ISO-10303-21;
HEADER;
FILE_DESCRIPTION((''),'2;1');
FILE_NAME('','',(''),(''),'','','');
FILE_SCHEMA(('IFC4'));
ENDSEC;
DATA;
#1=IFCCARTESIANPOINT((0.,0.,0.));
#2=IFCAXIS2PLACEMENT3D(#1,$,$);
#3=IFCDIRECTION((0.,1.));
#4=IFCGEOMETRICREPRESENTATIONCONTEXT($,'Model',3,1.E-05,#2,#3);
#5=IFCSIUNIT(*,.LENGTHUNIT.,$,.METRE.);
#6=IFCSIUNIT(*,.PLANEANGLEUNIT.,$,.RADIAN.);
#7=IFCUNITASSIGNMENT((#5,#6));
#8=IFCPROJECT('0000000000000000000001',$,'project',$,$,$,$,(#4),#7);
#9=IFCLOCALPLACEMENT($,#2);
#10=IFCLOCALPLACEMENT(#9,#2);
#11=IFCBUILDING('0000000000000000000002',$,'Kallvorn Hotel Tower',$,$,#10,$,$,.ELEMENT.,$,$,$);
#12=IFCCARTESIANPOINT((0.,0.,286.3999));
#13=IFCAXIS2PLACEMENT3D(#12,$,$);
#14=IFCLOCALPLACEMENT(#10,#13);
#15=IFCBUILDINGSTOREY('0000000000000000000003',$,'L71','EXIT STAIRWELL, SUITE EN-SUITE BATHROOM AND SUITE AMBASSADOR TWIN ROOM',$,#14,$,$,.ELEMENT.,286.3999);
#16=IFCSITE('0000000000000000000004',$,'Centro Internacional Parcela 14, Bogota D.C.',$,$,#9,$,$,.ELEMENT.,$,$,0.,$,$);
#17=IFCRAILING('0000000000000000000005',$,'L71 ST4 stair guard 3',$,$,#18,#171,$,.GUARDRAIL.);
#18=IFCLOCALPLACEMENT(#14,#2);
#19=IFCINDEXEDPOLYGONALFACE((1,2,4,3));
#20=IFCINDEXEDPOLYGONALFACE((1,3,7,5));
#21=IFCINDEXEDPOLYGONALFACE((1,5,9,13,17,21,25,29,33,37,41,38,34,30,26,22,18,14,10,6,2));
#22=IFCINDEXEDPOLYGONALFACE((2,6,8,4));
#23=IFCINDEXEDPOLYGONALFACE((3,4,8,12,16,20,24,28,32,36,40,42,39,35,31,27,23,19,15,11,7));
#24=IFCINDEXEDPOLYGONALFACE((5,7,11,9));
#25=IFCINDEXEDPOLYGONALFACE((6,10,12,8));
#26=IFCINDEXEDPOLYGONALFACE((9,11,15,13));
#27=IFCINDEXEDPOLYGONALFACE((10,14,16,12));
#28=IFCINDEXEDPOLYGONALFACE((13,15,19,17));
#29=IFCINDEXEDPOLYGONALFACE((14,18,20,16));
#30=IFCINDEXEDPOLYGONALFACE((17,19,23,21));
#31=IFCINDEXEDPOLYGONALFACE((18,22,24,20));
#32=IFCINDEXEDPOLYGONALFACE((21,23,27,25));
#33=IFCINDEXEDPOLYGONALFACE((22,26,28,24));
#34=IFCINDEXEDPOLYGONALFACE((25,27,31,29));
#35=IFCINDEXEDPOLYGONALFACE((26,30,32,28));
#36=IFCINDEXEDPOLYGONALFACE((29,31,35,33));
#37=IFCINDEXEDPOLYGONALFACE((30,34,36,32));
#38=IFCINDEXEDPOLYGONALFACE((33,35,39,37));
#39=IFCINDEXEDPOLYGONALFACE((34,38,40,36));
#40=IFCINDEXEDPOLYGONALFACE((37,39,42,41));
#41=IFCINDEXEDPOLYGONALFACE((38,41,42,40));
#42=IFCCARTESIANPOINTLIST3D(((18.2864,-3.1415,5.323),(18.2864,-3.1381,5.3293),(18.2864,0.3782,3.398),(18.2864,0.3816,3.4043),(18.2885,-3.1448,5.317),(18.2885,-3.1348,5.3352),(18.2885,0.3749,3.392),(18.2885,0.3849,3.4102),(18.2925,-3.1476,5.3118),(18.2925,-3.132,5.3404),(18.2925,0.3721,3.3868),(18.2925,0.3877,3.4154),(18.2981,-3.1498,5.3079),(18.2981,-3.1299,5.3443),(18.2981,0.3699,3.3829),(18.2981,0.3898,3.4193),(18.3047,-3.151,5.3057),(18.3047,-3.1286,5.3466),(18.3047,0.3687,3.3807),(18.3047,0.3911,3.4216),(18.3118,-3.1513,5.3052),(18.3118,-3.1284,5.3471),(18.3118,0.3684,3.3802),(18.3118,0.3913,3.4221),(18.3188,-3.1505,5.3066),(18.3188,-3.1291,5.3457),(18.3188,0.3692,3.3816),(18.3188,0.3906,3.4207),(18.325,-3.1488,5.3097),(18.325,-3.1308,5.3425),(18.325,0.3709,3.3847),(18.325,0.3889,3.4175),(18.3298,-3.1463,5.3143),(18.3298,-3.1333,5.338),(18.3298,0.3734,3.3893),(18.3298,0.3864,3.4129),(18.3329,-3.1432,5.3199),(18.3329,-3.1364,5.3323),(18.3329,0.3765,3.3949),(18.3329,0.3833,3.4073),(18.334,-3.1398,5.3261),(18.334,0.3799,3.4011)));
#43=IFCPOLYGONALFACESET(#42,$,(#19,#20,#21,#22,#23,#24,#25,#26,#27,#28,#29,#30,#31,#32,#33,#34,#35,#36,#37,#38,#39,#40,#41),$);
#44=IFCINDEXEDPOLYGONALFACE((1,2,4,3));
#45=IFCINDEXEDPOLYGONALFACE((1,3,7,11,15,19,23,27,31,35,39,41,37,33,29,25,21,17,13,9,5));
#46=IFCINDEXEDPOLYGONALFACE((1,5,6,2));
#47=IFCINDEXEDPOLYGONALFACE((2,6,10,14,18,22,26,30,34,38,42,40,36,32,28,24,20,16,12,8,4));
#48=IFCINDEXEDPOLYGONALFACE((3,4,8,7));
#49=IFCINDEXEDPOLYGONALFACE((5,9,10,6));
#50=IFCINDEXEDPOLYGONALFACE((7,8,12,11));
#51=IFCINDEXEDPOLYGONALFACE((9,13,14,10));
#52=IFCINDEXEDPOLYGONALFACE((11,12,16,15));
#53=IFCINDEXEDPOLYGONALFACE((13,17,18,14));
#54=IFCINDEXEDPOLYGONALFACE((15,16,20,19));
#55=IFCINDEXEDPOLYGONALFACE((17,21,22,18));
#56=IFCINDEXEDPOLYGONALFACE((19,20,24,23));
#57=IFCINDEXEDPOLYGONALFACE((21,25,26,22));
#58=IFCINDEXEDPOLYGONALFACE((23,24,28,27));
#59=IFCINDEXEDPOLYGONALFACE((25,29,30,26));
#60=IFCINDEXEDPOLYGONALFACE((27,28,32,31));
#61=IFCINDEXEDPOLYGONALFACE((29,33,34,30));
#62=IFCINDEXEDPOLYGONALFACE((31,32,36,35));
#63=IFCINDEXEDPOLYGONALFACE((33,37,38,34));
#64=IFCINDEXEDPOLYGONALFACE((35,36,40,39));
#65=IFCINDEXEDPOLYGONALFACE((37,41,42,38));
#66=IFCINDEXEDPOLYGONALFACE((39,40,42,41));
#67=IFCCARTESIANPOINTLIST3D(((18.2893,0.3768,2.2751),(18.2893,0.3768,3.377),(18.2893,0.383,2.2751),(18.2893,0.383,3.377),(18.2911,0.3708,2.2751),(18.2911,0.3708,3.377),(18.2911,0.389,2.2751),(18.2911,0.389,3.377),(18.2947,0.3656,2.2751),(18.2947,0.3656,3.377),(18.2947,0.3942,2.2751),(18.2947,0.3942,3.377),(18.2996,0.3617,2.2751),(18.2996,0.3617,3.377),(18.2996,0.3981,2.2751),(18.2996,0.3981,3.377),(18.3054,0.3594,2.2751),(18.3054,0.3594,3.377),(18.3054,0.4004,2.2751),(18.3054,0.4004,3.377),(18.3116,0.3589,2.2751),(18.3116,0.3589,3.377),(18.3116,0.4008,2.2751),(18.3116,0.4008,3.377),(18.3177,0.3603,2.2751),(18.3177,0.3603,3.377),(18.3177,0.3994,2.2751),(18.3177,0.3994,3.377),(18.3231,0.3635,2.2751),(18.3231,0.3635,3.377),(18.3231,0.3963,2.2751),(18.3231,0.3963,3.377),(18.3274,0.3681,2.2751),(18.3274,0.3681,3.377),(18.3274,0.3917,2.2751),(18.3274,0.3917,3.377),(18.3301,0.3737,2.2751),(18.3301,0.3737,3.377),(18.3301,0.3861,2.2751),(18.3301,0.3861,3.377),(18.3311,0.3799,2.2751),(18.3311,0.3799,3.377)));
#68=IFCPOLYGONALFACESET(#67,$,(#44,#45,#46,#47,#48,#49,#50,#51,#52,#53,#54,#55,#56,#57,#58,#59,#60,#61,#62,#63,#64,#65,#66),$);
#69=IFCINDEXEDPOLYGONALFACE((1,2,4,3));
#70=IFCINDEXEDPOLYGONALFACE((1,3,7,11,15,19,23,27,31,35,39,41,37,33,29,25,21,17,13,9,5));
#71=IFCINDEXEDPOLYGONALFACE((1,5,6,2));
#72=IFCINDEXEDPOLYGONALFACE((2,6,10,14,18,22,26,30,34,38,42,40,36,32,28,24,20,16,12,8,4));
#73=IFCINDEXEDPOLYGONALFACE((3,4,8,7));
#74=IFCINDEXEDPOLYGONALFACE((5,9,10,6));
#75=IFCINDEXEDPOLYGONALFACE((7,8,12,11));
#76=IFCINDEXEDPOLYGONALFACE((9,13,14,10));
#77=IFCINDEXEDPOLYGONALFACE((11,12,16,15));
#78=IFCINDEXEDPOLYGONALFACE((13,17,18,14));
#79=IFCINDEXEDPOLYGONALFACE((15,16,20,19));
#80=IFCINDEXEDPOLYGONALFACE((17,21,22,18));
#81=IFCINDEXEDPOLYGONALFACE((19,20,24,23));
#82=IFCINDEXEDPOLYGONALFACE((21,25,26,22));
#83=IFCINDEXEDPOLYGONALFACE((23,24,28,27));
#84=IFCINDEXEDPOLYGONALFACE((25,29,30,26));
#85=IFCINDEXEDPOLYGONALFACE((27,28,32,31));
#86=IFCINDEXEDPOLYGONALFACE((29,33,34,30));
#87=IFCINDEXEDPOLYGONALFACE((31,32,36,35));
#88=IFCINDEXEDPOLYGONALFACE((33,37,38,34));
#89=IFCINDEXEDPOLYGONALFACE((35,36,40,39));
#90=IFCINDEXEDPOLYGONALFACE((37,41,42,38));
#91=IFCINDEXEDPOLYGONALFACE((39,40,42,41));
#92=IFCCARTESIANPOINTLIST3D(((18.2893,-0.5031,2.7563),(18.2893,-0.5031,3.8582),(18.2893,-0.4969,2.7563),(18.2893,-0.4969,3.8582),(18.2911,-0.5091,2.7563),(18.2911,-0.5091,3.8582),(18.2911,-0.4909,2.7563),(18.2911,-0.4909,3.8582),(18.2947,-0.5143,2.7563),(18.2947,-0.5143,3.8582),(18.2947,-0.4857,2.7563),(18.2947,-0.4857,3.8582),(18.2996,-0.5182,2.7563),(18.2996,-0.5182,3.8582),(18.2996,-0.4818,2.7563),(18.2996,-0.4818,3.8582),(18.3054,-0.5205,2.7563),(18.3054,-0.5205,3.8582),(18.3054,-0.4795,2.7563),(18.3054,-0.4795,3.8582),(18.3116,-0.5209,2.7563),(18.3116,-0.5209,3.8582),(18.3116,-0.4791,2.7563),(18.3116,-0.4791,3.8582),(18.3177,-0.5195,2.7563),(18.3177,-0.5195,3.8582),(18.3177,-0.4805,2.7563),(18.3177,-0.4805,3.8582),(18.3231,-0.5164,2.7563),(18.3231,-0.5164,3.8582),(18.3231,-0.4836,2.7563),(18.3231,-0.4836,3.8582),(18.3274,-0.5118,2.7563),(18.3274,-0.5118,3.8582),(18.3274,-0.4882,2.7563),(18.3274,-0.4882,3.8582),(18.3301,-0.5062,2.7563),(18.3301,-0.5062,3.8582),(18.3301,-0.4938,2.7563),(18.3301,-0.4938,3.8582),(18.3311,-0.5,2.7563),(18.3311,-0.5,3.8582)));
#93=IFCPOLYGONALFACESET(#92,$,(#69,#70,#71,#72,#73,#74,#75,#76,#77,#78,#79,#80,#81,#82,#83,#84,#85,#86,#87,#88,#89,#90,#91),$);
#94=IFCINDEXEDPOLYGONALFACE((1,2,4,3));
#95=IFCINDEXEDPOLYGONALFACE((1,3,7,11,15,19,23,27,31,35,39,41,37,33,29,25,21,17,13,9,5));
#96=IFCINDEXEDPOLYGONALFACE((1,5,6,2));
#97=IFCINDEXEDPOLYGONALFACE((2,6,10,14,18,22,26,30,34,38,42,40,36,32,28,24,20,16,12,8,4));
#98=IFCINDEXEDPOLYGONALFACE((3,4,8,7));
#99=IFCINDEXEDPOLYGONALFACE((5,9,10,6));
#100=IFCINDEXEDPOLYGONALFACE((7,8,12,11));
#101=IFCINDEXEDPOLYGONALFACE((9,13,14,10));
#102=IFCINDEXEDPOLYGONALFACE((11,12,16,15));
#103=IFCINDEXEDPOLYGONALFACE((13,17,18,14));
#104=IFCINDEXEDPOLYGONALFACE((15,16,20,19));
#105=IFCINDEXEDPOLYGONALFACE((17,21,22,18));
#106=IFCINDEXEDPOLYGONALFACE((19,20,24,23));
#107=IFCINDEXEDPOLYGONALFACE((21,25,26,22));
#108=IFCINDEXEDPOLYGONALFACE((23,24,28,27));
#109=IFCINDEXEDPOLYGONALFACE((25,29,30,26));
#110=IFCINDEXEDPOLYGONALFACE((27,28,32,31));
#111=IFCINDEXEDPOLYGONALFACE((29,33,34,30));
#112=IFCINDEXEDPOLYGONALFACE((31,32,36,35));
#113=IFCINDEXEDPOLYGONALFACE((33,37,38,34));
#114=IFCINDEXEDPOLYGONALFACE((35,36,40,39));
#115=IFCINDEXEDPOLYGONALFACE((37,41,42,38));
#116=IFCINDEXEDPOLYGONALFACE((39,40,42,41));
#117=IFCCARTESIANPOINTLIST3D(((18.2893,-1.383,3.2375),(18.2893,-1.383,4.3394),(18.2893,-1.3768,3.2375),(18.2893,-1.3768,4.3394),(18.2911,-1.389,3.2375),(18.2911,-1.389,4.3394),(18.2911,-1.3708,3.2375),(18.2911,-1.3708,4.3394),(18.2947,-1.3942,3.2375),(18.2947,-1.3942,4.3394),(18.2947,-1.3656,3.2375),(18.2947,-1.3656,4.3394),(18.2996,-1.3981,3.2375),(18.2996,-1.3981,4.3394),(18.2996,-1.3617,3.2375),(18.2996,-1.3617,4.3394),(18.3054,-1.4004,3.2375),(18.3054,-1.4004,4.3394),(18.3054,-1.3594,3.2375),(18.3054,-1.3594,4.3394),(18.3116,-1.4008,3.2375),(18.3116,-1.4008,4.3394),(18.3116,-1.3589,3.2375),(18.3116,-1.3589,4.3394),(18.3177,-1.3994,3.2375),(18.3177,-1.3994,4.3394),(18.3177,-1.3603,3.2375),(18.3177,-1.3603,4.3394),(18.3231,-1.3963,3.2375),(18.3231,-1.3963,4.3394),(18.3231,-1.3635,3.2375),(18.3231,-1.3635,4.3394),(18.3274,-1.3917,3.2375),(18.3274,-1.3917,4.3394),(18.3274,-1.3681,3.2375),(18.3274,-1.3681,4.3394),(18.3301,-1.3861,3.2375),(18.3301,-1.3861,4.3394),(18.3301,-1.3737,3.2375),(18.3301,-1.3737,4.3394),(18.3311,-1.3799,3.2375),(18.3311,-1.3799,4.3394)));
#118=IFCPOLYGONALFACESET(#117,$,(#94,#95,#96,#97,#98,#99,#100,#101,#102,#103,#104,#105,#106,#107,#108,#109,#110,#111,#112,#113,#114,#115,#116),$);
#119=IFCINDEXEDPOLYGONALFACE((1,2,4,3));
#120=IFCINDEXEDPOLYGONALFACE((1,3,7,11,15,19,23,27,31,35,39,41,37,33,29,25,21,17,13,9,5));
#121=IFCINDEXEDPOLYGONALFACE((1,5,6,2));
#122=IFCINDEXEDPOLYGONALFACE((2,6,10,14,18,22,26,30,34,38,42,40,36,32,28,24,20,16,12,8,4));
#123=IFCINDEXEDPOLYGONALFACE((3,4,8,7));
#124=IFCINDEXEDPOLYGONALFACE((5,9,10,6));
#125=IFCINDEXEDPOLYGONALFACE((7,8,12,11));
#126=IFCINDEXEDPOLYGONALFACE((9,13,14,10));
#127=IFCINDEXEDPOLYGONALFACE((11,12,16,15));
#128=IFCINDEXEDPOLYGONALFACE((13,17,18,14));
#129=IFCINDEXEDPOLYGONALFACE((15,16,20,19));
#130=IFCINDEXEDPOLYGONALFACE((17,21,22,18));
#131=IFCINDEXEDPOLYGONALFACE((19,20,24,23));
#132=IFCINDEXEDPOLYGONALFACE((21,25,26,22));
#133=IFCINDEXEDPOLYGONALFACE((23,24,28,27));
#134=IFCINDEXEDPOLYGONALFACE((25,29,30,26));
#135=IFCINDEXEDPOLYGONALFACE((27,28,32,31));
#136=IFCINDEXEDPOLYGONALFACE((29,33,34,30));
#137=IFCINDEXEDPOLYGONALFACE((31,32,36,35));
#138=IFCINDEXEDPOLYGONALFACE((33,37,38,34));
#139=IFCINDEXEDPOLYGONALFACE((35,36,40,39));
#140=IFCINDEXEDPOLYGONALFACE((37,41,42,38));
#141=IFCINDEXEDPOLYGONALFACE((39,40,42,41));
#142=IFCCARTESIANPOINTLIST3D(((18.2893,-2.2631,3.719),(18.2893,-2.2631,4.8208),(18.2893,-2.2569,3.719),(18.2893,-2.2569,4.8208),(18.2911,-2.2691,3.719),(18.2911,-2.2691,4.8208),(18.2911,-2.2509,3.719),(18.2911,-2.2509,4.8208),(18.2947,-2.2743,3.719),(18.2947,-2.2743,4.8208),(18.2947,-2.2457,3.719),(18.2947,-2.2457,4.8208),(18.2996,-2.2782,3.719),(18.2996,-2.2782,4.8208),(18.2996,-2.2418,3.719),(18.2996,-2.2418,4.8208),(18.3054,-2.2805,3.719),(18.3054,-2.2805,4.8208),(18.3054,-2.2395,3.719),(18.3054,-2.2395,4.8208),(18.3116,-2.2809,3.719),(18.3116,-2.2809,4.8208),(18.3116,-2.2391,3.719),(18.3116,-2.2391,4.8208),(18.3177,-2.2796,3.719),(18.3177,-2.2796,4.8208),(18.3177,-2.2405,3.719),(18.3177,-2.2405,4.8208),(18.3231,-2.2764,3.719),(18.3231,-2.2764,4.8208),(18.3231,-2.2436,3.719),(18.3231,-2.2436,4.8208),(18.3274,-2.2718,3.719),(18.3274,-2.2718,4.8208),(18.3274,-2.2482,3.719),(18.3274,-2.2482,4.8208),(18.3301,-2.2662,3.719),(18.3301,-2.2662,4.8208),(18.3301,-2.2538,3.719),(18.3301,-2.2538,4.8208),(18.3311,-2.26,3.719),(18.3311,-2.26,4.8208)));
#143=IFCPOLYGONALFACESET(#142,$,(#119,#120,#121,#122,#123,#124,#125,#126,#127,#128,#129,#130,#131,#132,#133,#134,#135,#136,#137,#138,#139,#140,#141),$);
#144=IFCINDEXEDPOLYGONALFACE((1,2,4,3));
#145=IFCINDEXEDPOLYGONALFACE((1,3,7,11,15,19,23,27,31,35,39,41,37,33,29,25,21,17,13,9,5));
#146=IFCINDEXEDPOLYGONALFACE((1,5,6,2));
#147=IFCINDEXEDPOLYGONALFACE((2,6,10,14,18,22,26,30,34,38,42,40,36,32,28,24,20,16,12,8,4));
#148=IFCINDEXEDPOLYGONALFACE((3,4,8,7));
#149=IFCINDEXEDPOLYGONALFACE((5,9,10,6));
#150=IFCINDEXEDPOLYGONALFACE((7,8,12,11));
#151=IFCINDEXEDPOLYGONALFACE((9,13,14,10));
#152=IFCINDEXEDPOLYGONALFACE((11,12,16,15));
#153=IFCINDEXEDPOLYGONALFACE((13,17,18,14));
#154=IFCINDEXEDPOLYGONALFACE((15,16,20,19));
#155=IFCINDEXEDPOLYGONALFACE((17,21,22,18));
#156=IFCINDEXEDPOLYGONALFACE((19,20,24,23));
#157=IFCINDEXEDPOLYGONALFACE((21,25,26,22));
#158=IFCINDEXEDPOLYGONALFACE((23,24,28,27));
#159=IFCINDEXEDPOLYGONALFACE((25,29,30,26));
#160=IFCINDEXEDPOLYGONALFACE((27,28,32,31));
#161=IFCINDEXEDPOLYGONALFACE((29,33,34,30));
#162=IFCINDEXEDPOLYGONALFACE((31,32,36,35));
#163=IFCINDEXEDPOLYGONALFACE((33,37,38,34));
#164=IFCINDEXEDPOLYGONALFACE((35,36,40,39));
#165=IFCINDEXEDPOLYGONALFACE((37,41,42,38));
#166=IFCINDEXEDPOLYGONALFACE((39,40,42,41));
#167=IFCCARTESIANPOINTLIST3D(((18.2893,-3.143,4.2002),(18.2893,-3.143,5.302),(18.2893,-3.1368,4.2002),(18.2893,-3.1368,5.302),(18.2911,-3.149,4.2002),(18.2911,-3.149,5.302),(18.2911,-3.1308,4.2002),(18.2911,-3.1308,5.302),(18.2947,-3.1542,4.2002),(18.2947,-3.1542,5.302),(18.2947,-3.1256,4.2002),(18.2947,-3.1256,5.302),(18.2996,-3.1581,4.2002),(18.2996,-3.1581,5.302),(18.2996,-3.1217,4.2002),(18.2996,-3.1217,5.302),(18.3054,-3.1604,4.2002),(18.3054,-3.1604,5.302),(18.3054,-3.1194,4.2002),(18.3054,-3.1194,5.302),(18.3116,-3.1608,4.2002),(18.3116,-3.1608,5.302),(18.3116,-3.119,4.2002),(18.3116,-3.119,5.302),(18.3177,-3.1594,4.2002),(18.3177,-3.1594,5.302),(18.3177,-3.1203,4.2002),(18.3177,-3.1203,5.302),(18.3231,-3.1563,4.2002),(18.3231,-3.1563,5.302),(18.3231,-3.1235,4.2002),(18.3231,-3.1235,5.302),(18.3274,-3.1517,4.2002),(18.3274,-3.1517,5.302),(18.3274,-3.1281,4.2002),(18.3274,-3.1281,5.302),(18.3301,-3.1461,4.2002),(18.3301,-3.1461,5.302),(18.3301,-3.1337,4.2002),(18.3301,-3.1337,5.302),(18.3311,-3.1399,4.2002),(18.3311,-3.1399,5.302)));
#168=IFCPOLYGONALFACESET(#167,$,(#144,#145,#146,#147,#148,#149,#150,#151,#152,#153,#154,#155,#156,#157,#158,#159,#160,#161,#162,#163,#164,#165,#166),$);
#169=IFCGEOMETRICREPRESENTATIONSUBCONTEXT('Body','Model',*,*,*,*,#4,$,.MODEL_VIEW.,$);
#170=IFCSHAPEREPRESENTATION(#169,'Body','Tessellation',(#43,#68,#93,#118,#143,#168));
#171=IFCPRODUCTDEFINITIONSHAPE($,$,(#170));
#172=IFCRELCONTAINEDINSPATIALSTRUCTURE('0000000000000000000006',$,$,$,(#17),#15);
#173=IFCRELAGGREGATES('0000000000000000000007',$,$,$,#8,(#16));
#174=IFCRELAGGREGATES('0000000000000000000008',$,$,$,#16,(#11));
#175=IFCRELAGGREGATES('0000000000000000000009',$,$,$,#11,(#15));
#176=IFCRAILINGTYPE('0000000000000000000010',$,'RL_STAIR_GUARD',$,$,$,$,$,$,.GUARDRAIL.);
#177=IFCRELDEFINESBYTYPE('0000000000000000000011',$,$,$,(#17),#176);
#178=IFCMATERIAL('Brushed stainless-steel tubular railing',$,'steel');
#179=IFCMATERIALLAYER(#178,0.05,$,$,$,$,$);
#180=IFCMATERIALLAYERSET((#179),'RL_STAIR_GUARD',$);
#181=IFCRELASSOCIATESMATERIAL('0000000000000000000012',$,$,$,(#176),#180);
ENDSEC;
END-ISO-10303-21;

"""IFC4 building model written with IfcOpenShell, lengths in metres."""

from ifc_helpers import new_model, si_unit, direction, frame, origin, origin_2d, place, context, subcontext, project, spatial, circle, extrude, material, layer, layer_set, type_object, element, save


model = new_model("IFC4")

# Units and contexts
model_context = context("Model", 3, precision=1e-05, world=origin(), true_north=direction((0.0, 1.0)))
body_context = subcontext(model_context, "Body", "Model", "MODEL_VIEW")
ifc_project = project(units=[si_unit("LENGTHUNIT", "METRE"), si_unit("PLANEANGLEUNIT", "RADIAN")], contexts=[model_context])

# Site, building, storey
site_placement = place(None, origin())
site = spatial("IfcSite", under=ifc_project, at=site_placement, Name="Centro Internacional Parcela 14, Bogota D.C.", CompositionType="ELEMENT", RefElevation=0.0)
building_placement = place(site_placement, origin())
building = spatial("IfcBuilding", under=site, at=building_placement, Name="Kallvorn Hotel Tower", CompositionType="ELEMENT")
storey_placement = place(building_placement, frame((0.0, 0.0, 286.3999)))
storey = spatial("IfcBuildingStorey", under=building, at=storey_placement, Name="L71", Description="EXIT STAIRWELL, SUITE EN-SUITE BATHROOM AND SUITE AMBASSADOR TWIN ROOM", CompositionType="ELEMENT", Elevation=286.3999)

# Railing
ifc_material_1 = material(Name="Brushed stainless-steel tubular railing", Category="steel")
ifc_layer_1 = layer(ifc_material_1, 0.05)
ifc_layer_set_1 = layer_set([ifc_layer_1], Name="RL_STAIR_GUARD")
railing_type_1 = type_object("IfcRailingType", Name="RL_STAIR_GUARD", PredefinedType="GUARDRAIL", material=ifc_layer_set_1)
railing_1_placement = place(storey_placement, frame((18.3101, 0.3799, 2.2751)))
element("IfcRailing", 1, at=railing_1_placement, inside=storey, type_object=railing_type_1, Name="L71 ST4 stair guard 3", PredefinedType="GUARDRAIL", context=body_context, shape_type="SweptSolid", body=[
    extrude(circle(Radius=0.0239, at=origin_2d()), frame((0.0, 0.0, 1.126), z_axis=(0.0, -0.877353, 0.479845), x_axis=(1.0, 0.0, 0.0)), (0.0, 0.0, 1.0), 4.0117),
    extrude(circle(Radius=0.021, at=origin_2d()), origin(), (0.0, 0.0, 1.0), 1.1018),
    extrude(circle(Radius=0.021, at=origin_2d()), frame((0.0, -0.8799, 0.4812)), (0.0, 0.0, 1.0), 1.1018),
    extrude(circle(Radius=0.021, at=origin_2d()), frame((0.0, -1.7598, 0.9624)), (0.0, 0.0, 1.0), 1.1018),
    extrude(circle(Radius=0.021, at=origin_2d()), frame((0.0, -2.6399, 1.4438)), (0.0, 0.0, 1.0), 1.1018),
    extrude(circle(Radius=0.021, at=origin_2d()), frame((0.0, -3.5198, 1.925)), (0.0, 0.0, 1.0), 1.1018),
])

save(model, "model.ifc")
